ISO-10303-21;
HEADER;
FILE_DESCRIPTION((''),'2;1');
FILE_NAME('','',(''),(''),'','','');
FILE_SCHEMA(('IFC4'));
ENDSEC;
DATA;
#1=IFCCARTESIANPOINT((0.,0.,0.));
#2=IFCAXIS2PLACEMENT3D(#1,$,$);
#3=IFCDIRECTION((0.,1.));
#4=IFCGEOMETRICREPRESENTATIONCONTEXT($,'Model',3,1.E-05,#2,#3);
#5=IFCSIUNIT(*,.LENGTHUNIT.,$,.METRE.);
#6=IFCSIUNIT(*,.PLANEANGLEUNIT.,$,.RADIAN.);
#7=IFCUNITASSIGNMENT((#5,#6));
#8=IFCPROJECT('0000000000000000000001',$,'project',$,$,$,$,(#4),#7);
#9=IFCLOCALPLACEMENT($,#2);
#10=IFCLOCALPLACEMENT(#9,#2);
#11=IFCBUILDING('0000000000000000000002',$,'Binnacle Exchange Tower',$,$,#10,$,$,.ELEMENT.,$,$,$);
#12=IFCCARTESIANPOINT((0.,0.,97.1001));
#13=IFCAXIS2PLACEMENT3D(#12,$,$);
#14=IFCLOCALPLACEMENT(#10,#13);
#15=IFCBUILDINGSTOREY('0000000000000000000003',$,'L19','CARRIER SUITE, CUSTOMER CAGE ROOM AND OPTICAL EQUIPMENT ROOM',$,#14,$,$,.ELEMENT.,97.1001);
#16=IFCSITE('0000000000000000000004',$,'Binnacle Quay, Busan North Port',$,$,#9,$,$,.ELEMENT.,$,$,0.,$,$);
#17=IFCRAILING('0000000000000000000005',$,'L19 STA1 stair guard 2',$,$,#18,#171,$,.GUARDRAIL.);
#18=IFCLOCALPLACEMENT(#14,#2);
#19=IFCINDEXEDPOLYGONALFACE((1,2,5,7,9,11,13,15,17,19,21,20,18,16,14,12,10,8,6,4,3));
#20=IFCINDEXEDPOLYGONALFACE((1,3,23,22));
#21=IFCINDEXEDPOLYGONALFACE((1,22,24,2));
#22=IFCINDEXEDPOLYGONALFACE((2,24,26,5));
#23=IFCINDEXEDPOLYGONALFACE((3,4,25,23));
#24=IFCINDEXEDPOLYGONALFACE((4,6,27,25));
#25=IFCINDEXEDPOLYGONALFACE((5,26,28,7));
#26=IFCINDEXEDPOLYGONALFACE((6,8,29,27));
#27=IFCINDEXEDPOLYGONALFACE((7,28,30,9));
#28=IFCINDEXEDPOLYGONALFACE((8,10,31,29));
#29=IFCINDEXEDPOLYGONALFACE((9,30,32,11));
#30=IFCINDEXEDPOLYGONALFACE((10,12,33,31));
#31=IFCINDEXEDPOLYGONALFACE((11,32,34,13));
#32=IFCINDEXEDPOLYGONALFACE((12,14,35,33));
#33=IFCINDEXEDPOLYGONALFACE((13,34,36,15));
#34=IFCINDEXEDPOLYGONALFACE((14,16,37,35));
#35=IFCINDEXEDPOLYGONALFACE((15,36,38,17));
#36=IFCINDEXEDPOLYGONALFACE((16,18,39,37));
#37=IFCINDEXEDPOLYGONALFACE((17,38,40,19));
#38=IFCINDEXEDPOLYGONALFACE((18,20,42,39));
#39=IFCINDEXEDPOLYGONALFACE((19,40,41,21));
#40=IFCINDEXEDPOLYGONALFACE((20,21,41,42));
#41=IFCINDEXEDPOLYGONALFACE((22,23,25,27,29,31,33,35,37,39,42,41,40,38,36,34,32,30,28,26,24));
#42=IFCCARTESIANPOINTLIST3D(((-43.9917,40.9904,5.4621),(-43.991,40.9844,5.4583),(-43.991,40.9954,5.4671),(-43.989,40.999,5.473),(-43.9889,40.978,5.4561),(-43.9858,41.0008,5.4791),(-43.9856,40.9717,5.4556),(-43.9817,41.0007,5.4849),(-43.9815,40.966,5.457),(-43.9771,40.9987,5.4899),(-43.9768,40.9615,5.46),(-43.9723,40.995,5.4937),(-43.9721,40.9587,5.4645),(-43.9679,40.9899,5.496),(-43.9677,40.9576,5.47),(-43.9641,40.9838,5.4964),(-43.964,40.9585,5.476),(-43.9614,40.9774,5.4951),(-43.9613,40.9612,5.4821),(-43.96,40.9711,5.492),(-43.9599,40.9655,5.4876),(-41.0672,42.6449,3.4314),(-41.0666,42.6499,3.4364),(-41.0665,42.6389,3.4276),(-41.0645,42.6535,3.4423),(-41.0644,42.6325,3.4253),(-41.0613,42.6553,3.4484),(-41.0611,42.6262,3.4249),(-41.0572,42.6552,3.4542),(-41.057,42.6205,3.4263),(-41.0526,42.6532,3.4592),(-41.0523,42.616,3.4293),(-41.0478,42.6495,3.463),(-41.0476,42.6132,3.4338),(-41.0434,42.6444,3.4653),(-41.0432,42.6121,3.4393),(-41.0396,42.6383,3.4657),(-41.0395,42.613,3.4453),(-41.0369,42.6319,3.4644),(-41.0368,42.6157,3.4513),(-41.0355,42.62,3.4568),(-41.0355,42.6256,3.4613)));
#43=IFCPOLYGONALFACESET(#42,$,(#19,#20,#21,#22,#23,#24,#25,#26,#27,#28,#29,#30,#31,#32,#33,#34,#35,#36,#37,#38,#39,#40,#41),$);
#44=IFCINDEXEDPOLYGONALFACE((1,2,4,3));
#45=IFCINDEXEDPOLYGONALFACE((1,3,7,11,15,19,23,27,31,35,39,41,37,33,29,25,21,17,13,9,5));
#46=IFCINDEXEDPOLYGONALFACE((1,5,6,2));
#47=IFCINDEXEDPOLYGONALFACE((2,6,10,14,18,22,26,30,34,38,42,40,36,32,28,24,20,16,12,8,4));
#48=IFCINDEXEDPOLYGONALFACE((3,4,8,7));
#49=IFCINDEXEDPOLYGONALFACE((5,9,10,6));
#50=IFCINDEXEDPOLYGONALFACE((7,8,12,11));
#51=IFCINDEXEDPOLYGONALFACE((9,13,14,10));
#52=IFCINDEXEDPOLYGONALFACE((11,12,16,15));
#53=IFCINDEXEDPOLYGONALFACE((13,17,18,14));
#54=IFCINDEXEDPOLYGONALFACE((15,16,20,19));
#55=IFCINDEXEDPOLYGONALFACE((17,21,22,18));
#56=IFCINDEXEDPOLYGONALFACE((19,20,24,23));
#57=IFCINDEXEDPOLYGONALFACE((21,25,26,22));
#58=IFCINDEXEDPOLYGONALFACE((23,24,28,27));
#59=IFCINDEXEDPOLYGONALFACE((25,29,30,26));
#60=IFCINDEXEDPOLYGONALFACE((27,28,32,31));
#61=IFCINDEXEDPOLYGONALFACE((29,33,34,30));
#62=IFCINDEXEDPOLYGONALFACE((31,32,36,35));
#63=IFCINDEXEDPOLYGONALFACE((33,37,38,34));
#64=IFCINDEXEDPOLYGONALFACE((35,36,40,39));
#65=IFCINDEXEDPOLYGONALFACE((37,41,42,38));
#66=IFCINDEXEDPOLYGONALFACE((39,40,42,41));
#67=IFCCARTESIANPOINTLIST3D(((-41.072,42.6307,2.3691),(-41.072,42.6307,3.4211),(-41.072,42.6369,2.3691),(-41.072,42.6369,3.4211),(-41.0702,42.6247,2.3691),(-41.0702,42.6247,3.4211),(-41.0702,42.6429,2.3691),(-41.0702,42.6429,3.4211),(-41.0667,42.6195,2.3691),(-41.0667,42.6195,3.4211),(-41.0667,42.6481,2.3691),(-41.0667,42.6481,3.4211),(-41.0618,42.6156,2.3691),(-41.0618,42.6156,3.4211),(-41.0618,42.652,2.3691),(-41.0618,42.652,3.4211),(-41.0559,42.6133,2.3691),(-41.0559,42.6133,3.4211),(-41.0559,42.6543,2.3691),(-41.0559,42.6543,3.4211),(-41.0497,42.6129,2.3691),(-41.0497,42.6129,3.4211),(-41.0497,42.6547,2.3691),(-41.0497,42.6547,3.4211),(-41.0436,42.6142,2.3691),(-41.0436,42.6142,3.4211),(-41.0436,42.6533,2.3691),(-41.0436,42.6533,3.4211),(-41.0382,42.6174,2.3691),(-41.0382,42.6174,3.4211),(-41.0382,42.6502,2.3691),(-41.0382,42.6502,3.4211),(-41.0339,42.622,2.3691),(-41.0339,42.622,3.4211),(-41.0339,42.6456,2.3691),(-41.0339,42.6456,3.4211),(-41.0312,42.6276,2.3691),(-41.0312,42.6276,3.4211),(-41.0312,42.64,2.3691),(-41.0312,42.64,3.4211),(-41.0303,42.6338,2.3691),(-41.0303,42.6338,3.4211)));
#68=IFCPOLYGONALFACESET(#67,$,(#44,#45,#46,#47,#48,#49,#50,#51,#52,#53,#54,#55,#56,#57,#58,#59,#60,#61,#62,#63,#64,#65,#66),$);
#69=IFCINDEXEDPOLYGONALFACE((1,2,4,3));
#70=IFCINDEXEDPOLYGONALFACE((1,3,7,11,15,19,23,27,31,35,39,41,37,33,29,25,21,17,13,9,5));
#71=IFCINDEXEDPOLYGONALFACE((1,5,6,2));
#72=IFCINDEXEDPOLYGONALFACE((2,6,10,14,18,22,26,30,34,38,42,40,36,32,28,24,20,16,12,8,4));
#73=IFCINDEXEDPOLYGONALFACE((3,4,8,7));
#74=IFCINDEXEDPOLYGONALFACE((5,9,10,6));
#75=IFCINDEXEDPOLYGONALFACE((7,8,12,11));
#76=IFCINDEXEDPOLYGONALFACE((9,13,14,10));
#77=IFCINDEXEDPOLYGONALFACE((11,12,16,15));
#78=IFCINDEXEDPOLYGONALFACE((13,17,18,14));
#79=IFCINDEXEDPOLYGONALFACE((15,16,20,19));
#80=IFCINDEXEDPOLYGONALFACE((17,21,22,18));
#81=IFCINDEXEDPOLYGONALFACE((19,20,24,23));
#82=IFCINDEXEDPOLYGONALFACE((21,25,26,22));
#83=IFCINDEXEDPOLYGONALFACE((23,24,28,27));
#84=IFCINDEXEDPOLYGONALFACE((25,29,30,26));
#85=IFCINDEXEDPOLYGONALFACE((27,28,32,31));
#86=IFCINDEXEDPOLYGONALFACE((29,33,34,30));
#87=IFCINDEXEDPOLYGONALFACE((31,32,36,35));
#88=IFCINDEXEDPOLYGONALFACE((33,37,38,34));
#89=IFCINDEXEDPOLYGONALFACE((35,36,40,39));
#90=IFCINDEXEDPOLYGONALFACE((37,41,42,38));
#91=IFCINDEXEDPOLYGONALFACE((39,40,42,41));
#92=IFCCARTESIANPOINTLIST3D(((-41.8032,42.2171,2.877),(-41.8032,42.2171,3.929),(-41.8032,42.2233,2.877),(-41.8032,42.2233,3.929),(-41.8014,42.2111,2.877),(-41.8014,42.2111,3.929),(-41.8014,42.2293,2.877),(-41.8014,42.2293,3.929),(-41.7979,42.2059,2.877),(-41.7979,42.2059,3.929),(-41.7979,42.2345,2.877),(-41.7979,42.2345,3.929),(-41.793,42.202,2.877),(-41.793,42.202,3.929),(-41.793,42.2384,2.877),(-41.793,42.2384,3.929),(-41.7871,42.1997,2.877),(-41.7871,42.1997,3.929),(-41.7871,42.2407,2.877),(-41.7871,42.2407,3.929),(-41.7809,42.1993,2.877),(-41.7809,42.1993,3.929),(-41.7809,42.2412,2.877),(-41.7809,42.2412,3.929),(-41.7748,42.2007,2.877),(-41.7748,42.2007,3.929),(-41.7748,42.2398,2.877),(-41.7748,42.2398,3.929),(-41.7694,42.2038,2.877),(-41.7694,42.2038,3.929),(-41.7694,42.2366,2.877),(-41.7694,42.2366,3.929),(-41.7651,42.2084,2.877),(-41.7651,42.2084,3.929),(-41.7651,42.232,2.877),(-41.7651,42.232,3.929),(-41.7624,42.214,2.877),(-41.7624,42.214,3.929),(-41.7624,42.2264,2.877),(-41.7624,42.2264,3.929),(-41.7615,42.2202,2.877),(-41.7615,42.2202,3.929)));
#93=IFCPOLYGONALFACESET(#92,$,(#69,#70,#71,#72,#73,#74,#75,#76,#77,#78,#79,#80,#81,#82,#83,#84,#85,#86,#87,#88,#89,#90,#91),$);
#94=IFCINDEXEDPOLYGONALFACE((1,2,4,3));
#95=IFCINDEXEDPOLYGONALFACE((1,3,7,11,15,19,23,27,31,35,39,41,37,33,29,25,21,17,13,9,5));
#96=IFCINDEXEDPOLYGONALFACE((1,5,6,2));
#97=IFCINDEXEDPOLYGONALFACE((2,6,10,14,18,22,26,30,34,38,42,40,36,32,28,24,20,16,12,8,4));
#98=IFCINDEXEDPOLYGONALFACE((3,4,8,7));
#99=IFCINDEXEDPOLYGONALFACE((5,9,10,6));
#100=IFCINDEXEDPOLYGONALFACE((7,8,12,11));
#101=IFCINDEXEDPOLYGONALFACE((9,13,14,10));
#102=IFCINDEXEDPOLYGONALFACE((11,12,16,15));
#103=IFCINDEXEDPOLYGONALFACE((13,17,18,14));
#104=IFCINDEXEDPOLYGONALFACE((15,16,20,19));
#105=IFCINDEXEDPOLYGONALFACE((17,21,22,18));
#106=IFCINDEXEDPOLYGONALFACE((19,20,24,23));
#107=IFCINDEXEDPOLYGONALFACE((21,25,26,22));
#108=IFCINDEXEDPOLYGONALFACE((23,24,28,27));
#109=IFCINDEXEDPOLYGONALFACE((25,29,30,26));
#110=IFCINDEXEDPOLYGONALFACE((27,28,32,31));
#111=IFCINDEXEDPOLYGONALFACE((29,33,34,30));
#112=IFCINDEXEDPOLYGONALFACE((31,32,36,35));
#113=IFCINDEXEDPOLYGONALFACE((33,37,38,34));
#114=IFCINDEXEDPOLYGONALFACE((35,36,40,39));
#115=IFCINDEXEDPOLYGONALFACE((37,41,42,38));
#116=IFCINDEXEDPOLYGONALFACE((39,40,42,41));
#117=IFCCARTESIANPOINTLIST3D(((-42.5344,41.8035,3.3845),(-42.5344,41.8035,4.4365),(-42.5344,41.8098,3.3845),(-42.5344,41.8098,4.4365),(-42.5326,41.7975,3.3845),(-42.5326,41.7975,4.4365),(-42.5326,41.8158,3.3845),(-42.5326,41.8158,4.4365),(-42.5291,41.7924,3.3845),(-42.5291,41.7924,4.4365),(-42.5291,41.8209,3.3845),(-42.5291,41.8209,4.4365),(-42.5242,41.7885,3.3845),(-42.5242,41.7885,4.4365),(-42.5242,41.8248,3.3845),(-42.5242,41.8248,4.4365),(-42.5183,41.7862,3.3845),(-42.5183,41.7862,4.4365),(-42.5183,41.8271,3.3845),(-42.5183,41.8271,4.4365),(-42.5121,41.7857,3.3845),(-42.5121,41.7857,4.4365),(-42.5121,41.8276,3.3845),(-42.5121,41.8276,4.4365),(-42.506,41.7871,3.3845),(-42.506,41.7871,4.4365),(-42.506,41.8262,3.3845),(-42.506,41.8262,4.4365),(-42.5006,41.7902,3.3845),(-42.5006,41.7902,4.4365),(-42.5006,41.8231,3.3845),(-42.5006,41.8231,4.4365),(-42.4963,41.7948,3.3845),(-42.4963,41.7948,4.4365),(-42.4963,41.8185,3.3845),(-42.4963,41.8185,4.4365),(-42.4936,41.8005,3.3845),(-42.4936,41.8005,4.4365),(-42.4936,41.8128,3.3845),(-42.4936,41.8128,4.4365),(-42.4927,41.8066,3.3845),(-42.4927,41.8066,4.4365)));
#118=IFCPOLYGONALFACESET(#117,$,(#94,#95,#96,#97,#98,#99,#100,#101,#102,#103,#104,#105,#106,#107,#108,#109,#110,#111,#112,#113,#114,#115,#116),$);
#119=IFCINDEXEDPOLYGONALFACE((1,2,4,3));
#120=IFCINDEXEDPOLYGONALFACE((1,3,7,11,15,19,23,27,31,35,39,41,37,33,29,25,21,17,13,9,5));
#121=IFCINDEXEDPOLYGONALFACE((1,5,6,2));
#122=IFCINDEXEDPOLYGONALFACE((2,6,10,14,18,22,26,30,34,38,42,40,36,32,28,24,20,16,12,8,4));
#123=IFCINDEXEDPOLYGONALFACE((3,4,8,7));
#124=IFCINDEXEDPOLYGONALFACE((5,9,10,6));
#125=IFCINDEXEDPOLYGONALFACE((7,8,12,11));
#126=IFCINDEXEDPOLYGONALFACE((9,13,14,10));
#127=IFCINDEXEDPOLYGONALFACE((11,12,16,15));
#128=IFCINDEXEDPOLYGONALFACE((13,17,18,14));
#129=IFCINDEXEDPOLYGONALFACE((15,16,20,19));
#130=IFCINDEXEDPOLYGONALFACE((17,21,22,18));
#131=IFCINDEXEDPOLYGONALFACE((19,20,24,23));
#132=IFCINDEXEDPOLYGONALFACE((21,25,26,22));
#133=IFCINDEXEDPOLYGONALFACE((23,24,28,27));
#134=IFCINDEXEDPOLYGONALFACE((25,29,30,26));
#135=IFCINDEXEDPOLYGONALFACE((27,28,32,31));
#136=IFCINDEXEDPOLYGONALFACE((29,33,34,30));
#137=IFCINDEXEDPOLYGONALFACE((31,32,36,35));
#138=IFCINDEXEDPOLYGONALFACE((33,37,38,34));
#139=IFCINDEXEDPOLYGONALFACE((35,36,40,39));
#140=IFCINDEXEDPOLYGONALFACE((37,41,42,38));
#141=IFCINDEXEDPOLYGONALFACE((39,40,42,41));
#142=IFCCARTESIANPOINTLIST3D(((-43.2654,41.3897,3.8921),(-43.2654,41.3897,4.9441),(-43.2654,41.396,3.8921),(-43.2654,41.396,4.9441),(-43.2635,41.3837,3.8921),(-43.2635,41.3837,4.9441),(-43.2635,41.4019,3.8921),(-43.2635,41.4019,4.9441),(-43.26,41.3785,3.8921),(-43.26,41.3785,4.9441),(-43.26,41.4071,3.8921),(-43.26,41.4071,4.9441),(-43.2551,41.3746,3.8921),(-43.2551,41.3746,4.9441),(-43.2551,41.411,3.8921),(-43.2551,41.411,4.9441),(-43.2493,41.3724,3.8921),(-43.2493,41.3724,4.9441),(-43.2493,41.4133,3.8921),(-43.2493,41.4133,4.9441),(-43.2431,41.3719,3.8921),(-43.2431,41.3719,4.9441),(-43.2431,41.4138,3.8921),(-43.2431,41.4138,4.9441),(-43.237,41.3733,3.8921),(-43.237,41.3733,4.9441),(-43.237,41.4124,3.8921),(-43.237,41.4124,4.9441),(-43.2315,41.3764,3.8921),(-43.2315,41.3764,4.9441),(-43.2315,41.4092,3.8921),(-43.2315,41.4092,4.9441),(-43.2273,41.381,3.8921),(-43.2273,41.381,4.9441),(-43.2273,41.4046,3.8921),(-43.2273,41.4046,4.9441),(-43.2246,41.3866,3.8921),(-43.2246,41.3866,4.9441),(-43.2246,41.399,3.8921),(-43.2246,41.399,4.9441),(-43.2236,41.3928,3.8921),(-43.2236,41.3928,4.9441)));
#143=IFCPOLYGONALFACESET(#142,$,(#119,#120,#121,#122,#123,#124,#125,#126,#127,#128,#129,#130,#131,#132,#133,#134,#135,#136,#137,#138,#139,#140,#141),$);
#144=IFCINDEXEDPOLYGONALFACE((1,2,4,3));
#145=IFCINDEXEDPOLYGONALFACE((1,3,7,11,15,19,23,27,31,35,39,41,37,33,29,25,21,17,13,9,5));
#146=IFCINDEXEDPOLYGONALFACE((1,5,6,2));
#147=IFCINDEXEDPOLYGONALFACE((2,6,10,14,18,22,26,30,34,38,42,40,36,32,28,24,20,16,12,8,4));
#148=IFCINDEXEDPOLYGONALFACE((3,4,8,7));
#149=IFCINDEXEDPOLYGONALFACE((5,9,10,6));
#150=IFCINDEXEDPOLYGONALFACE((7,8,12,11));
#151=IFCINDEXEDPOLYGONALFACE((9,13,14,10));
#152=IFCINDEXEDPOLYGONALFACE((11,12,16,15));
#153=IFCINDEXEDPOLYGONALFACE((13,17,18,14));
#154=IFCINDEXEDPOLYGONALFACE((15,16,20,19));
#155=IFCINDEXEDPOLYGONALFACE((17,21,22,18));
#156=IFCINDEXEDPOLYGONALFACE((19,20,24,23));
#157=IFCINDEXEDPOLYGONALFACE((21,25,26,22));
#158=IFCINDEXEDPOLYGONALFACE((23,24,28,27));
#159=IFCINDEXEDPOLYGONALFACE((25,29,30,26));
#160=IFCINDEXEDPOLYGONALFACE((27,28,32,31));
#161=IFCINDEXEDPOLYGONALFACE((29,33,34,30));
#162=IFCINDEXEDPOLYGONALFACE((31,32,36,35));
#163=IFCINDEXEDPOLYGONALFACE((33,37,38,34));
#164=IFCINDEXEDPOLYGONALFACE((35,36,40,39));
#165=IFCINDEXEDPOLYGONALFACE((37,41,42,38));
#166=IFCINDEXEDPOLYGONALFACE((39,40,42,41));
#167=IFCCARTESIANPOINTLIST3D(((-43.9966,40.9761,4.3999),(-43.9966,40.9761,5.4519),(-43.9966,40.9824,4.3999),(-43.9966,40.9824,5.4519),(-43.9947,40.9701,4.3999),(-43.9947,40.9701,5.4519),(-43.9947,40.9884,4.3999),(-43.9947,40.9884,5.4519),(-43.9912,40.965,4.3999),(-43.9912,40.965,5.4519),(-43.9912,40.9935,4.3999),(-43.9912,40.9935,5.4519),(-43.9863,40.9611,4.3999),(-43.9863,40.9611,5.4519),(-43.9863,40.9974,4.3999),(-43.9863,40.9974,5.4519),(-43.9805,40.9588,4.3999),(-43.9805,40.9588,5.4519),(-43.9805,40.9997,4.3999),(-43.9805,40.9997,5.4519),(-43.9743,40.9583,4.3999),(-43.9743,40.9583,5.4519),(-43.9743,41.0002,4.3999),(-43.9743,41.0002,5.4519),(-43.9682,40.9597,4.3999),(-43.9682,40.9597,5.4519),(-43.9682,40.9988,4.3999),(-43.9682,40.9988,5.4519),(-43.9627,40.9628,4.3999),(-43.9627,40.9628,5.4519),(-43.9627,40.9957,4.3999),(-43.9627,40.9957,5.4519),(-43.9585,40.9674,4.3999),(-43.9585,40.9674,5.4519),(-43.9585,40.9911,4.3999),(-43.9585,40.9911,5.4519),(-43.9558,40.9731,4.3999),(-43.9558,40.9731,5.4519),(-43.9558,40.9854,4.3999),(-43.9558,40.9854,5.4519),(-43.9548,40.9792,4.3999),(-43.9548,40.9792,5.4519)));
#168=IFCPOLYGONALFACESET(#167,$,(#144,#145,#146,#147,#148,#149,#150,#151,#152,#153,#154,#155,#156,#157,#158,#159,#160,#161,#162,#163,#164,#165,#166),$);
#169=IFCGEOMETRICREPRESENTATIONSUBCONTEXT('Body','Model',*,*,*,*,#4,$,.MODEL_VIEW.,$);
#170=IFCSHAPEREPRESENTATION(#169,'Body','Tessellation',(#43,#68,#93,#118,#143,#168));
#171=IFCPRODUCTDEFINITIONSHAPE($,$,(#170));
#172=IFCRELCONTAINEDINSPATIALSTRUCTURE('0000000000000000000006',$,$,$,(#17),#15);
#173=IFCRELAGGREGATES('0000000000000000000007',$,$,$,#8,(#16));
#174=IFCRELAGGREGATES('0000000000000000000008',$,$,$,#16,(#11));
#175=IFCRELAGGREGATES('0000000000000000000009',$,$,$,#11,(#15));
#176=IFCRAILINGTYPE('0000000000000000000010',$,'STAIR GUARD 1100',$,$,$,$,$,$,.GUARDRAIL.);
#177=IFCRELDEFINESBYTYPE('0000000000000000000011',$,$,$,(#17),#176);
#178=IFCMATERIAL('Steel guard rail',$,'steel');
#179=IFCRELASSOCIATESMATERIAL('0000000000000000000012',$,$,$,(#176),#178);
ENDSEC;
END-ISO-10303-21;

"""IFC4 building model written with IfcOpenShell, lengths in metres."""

from ifc_helpers import new_model, si_unit, direction, frame, origin, origin_2d, place, context, subcontext, project, spatial, circle, extrude, material, type_object, element, save


model = new_model("IFC4")

# Units and contexts
model_context = context("Model", 3, precision=1e-05, world=origin(), true_north=direction((0.0, 1.0)))
body_context = subcontext(model_context, "Body", "Model", "MODEL_VIEW")
ifc_project = project(units=[si_unit("LENGTHUNIT", "METRE"), si_unit("PLANEANGLEUNIT", "RADIAN")], contexts=[model_context])

# Site, building, storey
site_placement = place(None, origin())
site = spatial("IfcSite", under=ifc_project, at=site_placement, Name="Binnacle Quay, Busan North Port", CompositionType="ELEMENT", RefElevation=0.0)
building_placement = place(site_placement, origin())
building = spatial("IfcBuilding", under=site, at=building_placement, Name="Binnacle Exchange Tower", CompositionType="ELEMENT")
storey_placement = place(building_placement, frame((0.0, 0.0, 97.1001)))
storey = spatial("IfcBuildingStorey", under=building, at=storey_placement, Name="L19", Description="CARRIER SUITE, CUSTOMER CAGE ROOM AND OPTICAL EQUIPMENT ROOM", CompositionType="ELEMENT", Elevation=97.1001)

# Railing
ifc_material_1 = material(Name="Steel guard rail", Category="steel")
railing_type_1 = type_object("IfcRailingType", Name="STAIR GUARD 1100", PredefinedType="GUARDRAIL", material=ifc_material_1)
railing_1_placement = place(storey_placement, frame((-41.0513, 42.6338, 2.3691)))
element("IfcRailing", 1, at=railing_1_placement, inside=storey, type_object=railing_type_1, Name="L19 STA1 stair guard 2", PredefinedType="GUARDRAIL", context=body_context, shape_type="SweptSolid", body=[
    extrude(circle(Radius=0.0239, at=origin_2d()), frame((0.0, 0.0, 1.0762), z_axis=(-0.744895, -0.421417, 0.517242), x_axis=(0.492402, -0.870368, 0.0)), (0.0, 0.0, 1.0), 3.926),
    extrude(circle(Radius=0.021, at=origin_2d()), origin(), (0.0, 0.0, 1.0), 1.052),
    extrude(circle(Radius=0.021, at=origin_2d()), frame((-0.7312, -0.4136, 0.5078)), (0.0, 0.0, 1.0), 1.052),
    extrude(circle(Radius=0.021, at=origin_2d()), frame((-1.4624, -0.8271, 1.0154)), (0.0, 0.0, 1.0), 1.052),
    extrude(circle(Radius=0.021, at=origin_2d()), frame((-2.1934, -1.241, 1.5229)), (0.0, 0.0, 1.0), 1.052),
    extrude(circle(Radius=0.021, at=origin_2d()), frame((-2.9246, -1.6545, 2.0308)), (0.0, 0.0, 1.0), 1.052),
])

save(model, "model.ifc")
